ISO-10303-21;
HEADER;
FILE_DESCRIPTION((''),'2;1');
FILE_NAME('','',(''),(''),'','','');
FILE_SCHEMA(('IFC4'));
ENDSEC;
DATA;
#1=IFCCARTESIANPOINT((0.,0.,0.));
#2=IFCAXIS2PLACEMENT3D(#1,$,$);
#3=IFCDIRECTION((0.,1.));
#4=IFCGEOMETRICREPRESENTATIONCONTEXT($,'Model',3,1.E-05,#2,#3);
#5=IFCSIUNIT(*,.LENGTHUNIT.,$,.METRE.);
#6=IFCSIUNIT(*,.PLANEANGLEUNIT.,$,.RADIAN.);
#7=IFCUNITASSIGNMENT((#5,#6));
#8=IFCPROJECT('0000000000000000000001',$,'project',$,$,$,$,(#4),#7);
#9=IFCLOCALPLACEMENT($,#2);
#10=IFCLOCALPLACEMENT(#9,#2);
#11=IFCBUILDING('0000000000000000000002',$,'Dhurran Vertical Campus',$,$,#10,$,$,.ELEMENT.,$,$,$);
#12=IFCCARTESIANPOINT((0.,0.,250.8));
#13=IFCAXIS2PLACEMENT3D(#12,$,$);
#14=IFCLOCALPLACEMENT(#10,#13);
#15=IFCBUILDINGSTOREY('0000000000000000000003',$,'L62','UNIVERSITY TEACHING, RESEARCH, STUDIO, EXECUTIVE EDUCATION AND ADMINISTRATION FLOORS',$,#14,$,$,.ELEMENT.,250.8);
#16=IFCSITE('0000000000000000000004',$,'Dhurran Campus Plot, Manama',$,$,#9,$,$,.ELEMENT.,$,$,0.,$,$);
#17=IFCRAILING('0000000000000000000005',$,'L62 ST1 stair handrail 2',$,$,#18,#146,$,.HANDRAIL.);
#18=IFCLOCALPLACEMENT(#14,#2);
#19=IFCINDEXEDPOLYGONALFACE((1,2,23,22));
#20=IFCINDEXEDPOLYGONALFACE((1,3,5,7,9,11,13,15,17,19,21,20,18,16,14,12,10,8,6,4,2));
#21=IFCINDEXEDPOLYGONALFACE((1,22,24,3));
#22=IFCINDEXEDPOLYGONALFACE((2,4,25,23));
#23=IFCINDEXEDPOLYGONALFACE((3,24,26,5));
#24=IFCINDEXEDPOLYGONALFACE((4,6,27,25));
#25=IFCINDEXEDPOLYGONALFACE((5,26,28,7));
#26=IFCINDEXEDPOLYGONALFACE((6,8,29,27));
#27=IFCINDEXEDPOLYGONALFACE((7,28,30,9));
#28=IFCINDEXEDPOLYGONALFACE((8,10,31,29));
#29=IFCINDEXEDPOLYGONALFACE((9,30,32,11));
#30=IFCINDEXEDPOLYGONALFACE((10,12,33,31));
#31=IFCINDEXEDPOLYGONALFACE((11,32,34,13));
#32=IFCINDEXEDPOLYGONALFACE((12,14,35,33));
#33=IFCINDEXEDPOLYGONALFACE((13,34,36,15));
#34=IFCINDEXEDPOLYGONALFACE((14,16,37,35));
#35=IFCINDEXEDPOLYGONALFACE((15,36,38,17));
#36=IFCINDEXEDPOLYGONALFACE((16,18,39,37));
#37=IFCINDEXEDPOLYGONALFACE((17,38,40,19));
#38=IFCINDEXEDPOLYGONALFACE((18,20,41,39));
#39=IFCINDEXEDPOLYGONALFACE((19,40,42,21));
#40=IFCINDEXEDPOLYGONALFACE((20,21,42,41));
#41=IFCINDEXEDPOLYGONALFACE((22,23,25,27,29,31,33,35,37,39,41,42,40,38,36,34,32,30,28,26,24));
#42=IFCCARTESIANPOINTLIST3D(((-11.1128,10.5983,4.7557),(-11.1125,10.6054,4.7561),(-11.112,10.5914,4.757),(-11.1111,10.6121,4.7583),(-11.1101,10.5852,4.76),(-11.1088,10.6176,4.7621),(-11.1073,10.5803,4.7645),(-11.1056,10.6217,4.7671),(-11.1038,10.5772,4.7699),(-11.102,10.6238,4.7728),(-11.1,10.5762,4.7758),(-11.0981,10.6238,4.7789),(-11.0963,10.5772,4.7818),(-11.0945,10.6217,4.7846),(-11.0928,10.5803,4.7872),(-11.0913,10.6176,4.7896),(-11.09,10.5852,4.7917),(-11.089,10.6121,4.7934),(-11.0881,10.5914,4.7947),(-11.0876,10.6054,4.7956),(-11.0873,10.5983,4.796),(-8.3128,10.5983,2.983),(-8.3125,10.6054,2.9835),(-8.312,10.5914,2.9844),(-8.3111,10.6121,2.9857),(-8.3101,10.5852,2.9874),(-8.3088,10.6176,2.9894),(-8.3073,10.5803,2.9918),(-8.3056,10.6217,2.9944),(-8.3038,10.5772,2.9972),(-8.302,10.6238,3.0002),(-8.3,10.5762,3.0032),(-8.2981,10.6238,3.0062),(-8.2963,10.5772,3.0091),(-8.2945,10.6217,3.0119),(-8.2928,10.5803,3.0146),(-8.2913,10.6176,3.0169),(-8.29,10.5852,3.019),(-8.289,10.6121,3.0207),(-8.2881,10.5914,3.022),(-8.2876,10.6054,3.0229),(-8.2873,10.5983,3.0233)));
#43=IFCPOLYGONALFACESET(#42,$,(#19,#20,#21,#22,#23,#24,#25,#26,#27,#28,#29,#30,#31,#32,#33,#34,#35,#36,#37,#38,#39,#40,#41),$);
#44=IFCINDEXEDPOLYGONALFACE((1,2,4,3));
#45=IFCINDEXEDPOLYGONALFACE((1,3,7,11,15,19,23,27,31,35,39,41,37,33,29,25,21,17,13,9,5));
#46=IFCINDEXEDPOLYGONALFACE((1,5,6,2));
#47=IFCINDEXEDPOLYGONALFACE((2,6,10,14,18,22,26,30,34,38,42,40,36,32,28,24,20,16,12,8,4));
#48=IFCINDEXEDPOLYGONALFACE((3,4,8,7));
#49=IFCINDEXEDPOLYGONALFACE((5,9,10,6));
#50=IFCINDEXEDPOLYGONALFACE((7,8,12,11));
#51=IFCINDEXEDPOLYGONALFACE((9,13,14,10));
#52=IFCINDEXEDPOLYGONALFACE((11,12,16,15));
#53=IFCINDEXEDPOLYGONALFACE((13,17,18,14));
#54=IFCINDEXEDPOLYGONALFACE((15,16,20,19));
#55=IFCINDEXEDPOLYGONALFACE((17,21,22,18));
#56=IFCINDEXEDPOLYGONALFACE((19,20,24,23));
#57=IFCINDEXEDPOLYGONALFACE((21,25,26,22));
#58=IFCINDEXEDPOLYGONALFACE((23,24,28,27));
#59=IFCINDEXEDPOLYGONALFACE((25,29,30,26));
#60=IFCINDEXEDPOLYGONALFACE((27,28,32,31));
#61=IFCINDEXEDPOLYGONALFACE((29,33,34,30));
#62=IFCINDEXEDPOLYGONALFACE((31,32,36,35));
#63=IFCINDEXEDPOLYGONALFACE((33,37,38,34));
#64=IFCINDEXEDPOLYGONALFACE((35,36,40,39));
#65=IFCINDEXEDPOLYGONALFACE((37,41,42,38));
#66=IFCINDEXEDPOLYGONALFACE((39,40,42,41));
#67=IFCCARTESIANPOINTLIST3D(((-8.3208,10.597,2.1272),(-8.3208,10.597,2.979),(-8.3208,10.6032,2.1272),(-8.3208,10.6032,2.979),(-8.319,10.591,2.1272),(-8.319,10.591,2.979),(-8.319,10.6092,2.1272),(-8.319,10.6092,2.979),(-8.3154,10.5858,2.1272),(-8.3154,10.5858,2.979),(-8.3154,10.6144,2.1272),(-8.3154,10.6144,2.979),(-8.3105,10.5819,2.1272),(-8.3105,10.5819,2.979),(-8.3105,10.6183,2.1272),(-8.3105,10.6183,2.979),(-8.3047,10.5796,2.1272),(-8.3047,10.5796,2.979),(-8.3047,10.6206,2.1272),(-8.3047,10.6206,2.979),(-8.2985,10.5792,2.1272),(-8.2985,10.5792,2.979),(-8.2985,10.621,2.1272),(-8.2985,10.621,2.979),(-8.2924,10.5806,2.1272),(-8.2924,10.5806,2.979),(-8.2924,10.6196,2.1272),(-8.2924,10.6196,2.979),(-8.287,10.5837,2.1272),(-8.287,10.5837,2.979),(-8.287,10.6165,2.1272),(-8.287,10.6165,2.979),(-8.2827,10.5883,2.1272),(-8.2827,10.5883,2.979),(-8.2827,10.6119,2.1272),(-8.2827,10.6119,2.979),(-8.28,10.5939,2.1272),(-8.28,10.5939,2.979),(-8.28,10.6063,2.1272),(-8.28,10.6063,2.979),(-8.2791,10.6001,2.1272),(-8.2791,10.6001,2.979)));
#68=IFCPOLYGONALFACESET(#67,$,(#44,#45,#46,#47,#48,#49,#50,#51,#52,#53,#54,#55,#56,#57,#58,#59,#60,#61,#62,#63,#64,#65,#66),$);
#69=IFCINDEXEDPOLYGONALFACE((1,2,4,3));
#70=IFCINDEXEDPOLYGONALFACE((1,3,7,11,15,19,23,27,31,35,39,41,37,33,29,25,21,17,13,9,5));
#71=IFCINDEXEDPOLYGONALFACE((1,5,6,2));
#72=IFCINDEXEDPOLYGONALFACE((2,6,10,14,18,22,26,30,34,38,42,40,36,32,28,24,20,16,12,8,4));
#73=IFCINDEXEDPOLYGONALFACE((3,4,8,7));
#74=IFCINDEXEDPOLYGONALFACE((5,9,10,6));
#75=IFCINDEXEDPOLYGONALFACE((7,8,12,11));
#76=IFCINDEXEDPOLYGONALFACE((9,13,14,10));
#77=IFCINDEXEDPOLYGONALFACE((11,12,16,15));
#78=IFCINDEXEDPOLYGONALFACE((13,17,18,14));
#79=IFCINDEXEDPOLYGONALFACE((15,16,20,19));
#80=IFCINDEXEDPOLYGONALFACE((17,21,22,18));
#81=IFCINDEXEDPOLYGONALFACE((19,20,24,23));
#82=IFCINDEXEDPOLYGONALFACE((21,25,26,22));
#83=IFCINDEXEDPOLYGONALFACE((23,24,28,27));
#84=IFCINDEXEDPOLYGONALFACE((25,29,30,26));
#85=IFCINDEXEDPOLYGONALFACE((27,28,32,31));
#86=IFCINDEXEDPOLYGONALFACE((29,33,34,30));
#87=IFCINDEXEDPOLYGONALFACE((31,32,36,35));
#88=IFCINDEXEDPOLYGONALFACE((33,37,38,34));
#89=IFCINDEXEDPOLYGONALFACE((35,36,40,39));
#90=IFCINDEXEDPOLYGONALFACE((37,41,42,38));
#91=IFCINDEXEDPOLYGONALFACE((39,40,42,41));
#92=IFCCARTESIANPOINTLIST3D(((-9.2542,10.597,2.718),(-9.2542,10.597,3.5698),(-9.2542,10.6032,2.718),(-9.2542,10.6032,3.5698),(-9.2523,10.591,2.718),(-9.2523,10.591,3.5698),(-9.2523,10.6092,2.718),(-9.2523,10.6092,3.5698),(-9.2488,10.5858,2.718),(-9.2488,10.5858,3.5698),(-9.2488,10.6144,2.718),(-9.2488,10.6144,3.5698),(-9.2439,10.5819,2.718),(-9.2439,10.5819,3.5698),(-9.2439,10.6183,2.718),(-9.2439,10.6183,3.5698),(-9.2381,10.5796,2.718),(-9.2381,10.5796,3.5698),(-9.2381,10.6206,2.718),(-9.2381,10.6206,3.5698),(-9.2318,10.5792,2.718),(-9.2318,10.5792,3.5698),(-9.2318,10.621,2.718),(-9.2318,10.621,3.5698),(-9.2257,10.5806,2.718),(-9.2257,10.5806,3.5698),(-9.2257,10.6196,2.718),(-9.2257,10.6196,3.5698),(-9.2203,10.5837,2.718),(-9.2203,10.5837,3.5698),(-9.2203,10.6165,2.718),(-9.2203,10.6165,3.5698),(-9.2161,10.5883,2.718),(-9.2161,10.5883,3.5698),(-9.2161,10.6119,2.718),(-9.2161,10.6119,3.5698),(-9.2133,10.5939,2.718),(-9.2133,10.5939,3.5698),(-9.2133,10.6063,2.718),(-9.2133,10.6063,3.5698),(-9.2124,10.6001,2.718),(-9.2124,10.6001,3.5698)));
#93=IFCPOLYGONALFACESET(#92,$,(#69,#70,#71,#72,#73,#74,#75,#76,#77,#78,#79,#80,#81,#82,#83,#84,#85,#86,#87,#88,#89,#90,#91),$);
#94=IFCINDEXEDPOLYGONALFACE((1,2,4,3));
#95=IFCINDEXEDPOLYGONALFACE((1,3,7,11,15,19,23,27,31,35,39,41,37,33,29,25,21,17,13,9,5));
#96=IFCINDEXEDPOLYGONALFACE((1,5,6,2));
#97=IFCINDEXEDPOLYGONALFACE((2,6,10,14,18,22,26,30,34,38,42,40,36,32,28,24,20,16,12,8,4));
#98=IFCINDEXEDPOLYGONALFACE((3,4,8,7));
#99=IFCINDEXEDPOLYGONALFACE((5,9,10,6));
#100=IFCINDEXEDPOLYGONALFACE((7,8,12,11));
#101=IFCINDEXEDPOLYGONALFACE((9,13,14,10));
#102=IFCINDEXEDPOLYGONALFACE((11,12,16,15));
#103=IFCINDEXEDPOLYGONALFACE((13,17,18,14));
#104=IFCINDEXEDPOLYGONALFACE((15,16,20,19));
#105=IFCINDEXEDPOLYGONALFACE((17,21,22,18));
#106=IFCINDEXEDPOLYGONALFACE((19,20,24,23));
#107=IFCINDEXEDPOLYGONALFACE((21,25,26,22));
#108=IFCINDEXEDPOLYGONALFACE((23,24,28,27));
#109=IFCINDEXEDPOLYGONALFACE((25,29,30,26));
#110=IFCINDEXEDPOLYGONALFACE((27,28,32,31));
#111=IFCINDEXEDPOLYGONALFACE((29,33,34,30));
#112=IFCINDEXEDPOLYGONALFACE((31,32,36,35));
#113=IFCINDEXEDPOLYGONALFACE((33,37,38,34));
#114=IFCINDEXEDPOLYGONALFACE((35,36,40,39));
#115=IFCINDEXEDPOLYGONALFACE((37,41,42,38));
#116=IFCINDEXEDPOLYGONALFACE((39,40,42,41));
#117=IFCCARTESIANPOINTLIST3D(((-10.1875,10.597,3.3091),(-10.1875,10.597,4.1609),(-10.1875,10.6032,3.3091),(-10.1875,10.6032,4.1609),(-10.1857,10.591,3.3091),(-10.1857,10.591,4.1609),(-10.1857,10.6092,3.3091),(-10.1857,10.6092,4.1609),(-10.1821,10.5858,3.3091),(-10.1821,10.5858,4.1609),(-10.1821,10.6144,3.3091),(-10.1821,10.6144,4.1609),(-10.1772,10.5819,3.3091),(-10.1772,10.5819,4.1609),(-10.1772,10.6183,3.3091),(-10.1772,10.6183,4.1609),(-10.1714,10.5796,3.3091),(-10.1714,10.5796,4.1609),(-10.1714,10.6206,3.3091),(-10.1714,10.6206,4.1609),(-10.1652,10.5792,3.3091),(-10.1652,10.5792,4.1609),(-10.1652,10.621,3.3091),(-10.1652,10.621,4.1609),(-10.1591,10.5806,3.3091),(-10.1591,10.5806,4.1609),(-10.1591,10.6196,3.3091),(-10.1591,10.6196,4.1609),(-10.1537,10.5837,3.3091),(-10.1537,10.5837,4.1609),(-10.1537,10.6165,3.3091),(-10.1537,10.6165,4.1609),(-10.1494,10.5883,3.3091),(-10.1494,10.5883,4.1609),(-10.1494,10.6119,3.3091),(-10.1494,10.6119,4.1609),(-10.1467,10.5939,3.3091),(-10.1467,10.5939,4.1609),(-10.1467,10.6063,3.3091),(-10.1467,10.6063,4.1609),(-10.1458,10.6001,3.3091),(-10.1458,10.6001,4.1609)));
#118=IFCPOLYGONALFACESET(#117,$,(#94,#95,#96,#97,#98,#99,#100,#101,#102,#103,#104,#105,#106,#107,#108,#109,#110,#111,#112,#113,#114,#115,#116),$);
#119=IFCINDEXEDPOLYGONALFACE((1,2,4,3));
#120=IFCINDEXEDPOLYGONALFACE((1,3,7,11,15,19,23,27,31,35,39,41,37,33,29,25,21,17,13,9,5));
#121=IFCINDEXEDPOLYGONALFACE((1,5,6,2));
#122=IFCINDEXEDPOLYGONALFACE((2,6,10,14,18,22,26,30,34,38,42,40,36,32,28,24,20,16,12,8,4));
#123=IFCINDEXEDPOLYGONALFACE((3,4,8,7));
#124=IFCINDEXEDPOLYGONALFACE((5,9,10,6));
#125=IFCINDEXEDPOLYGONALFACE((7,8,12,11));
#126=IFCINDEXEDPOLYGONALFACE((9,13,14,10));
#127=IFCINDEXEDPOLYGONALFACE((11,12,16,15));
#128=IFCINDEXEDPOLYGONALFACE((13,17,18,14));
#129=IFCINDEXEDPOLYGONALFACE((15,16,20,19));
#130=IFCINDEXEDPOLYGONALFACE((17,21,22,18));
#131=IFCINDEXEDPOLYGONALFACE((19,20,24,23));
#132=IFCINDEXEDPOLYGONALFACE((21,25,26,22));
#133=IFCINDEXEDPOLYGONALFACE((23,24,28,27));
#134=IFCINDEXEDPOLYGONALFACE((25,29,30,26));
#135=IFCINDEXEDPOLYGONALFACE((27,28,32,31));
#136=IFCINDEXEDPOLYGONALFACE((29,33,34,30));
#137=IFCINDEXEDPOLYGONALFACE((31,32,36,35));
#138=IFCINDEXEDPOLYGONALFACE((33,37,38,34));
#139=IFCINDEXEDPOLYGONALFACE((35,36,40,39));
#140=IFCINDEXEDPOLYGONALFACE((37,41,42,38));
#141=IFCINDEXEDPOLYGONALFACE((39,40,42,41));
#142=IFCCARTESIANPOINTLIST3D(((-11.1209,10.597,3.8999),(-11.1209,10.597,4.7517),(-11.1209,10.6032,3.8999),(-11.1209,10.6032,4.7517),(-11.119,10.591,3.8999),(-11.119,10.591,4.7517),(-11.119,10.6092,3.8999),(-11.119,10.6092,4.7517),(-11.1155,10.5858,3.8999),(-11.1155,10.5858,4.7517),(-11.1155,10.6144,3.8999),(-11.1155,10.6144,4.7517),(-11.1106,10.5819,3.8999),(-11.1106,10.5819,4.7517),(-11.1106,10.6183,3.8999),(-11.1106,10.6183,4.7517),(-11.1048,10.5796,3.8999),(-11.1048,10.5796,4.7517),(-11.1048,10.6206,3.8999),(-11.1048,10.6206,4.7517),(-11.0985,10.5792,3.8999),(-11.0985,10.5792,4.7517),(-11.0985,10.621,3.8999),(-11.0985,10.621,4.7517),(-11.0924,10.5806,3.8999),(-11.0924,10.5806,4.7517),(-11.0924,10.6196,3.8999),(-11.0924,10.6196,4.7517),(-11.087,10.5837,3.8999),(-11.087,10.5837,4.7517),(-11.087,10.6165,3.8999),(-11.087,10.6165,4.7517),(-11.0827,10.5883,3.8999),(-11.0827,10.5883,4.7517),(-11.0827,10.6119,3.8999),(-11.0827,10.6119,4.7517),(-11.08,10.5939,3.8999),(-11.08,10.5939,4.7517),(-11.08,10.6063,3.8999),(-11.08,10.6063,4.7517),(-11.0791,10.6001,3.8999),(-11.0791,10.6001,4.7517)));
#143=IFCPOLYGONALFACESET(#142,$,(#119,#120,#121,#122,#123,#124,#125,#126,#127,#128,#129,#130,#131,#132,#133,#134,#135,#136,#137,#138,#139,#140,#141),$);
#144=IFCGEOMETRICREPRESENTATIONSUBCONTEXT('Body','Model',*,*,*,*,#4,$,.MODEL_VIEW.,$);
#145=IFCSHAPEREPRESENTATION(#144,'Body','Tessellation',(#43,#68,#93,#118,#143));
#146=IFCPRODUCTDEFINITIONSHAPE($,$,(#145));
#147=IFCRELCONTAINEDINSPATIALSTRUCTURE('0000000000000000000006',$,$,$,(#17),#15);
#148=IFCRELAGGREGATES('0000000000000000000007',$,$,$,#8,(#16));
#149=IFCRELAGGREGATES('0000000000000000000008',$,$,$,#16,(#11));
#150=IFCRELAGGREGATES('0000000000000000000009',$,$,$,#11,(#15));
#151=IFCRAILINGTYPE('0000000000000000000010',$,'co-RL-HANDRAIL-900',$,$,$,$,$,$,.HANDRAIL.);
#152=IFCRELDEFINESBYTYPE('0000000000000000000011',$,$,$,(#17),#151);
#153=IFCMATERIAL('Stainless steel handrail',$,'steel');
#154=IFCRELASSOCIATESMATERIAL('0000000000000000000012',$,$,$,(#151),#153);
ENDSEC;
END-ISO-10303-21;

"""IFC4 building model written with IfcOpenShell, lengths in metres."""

from ifc_helpers import new_model, si_unit, direction, frame, origin, origin_2d, place, context, subcontext, project, spatial, circle, extrude, material, type_object, element, save


model = new_model("IFC4")

# Units and contexts
model_context = context("Model", 3, precision=1e-05, world=origin(), true_north=direction((0.0, 1.0)))
body_context = subcontext(model_context, "Body", "Model", "MODEL_VIEW")
ifc_project = project(units=[si_unit("LENGTHUNIT", "METRE"), si_unit("PLANEANGLEUNIT", "RADIAN")], contexts=[model_context])

# Site, building, storey
site_placement = place(None, origin())
site = spatial("IfcSite", under=ifc_project, at=site_placement, Name="Dhurran Campus Plot, Manama", CompositionType="ELEMENT", RefElevation=0.0)
building_placement = place(site_placement, origin())
building = spatial("IfcBuilding", under=site, at=building_placement, Name="Dhurran Vertical Campus", CompositionType="ELEMENT")
storey_placement = place(building_placement, frame((0.0, 0.0, 250.8)))
storey = spatial("IfcBuildingStorey", under=building, at=storey_placement, Name="L62", Description="UNIVERSITY TEACHING, RESEARCH, STUDIO, EXECUTIVE EDUCATION AND ADMINISTRATION FLOORS", CompositionType="ELEMENT", Elevation=250.8)

# Railing
ifc_material_1 = material(Name="Stainless steel handrail", Category="steel")
railing_type_1 = type_object("IfcRailingType", Name="co-RL-HANDRAIL-900", PredefinedType="HANDRAIL", material=ifc_material_1)
railing_1_placement = place(storey_placement, frame((-8.3, 10.6001, 2.1272)))
element("IfcRailing", 1, at=railing_1_placement, inside=storey, type_object=railing_type_1, Name="L62 ST1 stair handrail 2", PredefinedType="HANDRAIL", context=body_context, shape_type="SweptSolid", body=[
    extrude(circle(Radius=0.0239, at=origin_2d()), frame((0.0, 0.0, 0.876), z_axis=(-0.844909, 0.0, 0.53491), x_axis=(0.0, -1.0, 0.0)), (0.0, 0.0, 1.0), 3.314),
    extrude(circle(Radius=0.021, at=origin_2d()), origin(), (0.0, 0.0, 1.0), 0.8518),
    extrude(circle(Radius=0.021, at=origin_2d()), frame((-0.9333, 0.0, 0.5908)), (0.0, 0.0, 1.0), 0.8518),
    extrude(circle(Radius=0.021, at=origin_2d()), frame((-1.8667, 0.0, 1.1819)), (0.0, 0.0, 1.0), 0.8518),
    extrude(circle(Radius=0.021, at=origin_2d()), frame((-2.8, 0.0, 1.7727)), (0.0, 0.0, 1.0), 0.8518),
])

save(model, "model.ifc")
